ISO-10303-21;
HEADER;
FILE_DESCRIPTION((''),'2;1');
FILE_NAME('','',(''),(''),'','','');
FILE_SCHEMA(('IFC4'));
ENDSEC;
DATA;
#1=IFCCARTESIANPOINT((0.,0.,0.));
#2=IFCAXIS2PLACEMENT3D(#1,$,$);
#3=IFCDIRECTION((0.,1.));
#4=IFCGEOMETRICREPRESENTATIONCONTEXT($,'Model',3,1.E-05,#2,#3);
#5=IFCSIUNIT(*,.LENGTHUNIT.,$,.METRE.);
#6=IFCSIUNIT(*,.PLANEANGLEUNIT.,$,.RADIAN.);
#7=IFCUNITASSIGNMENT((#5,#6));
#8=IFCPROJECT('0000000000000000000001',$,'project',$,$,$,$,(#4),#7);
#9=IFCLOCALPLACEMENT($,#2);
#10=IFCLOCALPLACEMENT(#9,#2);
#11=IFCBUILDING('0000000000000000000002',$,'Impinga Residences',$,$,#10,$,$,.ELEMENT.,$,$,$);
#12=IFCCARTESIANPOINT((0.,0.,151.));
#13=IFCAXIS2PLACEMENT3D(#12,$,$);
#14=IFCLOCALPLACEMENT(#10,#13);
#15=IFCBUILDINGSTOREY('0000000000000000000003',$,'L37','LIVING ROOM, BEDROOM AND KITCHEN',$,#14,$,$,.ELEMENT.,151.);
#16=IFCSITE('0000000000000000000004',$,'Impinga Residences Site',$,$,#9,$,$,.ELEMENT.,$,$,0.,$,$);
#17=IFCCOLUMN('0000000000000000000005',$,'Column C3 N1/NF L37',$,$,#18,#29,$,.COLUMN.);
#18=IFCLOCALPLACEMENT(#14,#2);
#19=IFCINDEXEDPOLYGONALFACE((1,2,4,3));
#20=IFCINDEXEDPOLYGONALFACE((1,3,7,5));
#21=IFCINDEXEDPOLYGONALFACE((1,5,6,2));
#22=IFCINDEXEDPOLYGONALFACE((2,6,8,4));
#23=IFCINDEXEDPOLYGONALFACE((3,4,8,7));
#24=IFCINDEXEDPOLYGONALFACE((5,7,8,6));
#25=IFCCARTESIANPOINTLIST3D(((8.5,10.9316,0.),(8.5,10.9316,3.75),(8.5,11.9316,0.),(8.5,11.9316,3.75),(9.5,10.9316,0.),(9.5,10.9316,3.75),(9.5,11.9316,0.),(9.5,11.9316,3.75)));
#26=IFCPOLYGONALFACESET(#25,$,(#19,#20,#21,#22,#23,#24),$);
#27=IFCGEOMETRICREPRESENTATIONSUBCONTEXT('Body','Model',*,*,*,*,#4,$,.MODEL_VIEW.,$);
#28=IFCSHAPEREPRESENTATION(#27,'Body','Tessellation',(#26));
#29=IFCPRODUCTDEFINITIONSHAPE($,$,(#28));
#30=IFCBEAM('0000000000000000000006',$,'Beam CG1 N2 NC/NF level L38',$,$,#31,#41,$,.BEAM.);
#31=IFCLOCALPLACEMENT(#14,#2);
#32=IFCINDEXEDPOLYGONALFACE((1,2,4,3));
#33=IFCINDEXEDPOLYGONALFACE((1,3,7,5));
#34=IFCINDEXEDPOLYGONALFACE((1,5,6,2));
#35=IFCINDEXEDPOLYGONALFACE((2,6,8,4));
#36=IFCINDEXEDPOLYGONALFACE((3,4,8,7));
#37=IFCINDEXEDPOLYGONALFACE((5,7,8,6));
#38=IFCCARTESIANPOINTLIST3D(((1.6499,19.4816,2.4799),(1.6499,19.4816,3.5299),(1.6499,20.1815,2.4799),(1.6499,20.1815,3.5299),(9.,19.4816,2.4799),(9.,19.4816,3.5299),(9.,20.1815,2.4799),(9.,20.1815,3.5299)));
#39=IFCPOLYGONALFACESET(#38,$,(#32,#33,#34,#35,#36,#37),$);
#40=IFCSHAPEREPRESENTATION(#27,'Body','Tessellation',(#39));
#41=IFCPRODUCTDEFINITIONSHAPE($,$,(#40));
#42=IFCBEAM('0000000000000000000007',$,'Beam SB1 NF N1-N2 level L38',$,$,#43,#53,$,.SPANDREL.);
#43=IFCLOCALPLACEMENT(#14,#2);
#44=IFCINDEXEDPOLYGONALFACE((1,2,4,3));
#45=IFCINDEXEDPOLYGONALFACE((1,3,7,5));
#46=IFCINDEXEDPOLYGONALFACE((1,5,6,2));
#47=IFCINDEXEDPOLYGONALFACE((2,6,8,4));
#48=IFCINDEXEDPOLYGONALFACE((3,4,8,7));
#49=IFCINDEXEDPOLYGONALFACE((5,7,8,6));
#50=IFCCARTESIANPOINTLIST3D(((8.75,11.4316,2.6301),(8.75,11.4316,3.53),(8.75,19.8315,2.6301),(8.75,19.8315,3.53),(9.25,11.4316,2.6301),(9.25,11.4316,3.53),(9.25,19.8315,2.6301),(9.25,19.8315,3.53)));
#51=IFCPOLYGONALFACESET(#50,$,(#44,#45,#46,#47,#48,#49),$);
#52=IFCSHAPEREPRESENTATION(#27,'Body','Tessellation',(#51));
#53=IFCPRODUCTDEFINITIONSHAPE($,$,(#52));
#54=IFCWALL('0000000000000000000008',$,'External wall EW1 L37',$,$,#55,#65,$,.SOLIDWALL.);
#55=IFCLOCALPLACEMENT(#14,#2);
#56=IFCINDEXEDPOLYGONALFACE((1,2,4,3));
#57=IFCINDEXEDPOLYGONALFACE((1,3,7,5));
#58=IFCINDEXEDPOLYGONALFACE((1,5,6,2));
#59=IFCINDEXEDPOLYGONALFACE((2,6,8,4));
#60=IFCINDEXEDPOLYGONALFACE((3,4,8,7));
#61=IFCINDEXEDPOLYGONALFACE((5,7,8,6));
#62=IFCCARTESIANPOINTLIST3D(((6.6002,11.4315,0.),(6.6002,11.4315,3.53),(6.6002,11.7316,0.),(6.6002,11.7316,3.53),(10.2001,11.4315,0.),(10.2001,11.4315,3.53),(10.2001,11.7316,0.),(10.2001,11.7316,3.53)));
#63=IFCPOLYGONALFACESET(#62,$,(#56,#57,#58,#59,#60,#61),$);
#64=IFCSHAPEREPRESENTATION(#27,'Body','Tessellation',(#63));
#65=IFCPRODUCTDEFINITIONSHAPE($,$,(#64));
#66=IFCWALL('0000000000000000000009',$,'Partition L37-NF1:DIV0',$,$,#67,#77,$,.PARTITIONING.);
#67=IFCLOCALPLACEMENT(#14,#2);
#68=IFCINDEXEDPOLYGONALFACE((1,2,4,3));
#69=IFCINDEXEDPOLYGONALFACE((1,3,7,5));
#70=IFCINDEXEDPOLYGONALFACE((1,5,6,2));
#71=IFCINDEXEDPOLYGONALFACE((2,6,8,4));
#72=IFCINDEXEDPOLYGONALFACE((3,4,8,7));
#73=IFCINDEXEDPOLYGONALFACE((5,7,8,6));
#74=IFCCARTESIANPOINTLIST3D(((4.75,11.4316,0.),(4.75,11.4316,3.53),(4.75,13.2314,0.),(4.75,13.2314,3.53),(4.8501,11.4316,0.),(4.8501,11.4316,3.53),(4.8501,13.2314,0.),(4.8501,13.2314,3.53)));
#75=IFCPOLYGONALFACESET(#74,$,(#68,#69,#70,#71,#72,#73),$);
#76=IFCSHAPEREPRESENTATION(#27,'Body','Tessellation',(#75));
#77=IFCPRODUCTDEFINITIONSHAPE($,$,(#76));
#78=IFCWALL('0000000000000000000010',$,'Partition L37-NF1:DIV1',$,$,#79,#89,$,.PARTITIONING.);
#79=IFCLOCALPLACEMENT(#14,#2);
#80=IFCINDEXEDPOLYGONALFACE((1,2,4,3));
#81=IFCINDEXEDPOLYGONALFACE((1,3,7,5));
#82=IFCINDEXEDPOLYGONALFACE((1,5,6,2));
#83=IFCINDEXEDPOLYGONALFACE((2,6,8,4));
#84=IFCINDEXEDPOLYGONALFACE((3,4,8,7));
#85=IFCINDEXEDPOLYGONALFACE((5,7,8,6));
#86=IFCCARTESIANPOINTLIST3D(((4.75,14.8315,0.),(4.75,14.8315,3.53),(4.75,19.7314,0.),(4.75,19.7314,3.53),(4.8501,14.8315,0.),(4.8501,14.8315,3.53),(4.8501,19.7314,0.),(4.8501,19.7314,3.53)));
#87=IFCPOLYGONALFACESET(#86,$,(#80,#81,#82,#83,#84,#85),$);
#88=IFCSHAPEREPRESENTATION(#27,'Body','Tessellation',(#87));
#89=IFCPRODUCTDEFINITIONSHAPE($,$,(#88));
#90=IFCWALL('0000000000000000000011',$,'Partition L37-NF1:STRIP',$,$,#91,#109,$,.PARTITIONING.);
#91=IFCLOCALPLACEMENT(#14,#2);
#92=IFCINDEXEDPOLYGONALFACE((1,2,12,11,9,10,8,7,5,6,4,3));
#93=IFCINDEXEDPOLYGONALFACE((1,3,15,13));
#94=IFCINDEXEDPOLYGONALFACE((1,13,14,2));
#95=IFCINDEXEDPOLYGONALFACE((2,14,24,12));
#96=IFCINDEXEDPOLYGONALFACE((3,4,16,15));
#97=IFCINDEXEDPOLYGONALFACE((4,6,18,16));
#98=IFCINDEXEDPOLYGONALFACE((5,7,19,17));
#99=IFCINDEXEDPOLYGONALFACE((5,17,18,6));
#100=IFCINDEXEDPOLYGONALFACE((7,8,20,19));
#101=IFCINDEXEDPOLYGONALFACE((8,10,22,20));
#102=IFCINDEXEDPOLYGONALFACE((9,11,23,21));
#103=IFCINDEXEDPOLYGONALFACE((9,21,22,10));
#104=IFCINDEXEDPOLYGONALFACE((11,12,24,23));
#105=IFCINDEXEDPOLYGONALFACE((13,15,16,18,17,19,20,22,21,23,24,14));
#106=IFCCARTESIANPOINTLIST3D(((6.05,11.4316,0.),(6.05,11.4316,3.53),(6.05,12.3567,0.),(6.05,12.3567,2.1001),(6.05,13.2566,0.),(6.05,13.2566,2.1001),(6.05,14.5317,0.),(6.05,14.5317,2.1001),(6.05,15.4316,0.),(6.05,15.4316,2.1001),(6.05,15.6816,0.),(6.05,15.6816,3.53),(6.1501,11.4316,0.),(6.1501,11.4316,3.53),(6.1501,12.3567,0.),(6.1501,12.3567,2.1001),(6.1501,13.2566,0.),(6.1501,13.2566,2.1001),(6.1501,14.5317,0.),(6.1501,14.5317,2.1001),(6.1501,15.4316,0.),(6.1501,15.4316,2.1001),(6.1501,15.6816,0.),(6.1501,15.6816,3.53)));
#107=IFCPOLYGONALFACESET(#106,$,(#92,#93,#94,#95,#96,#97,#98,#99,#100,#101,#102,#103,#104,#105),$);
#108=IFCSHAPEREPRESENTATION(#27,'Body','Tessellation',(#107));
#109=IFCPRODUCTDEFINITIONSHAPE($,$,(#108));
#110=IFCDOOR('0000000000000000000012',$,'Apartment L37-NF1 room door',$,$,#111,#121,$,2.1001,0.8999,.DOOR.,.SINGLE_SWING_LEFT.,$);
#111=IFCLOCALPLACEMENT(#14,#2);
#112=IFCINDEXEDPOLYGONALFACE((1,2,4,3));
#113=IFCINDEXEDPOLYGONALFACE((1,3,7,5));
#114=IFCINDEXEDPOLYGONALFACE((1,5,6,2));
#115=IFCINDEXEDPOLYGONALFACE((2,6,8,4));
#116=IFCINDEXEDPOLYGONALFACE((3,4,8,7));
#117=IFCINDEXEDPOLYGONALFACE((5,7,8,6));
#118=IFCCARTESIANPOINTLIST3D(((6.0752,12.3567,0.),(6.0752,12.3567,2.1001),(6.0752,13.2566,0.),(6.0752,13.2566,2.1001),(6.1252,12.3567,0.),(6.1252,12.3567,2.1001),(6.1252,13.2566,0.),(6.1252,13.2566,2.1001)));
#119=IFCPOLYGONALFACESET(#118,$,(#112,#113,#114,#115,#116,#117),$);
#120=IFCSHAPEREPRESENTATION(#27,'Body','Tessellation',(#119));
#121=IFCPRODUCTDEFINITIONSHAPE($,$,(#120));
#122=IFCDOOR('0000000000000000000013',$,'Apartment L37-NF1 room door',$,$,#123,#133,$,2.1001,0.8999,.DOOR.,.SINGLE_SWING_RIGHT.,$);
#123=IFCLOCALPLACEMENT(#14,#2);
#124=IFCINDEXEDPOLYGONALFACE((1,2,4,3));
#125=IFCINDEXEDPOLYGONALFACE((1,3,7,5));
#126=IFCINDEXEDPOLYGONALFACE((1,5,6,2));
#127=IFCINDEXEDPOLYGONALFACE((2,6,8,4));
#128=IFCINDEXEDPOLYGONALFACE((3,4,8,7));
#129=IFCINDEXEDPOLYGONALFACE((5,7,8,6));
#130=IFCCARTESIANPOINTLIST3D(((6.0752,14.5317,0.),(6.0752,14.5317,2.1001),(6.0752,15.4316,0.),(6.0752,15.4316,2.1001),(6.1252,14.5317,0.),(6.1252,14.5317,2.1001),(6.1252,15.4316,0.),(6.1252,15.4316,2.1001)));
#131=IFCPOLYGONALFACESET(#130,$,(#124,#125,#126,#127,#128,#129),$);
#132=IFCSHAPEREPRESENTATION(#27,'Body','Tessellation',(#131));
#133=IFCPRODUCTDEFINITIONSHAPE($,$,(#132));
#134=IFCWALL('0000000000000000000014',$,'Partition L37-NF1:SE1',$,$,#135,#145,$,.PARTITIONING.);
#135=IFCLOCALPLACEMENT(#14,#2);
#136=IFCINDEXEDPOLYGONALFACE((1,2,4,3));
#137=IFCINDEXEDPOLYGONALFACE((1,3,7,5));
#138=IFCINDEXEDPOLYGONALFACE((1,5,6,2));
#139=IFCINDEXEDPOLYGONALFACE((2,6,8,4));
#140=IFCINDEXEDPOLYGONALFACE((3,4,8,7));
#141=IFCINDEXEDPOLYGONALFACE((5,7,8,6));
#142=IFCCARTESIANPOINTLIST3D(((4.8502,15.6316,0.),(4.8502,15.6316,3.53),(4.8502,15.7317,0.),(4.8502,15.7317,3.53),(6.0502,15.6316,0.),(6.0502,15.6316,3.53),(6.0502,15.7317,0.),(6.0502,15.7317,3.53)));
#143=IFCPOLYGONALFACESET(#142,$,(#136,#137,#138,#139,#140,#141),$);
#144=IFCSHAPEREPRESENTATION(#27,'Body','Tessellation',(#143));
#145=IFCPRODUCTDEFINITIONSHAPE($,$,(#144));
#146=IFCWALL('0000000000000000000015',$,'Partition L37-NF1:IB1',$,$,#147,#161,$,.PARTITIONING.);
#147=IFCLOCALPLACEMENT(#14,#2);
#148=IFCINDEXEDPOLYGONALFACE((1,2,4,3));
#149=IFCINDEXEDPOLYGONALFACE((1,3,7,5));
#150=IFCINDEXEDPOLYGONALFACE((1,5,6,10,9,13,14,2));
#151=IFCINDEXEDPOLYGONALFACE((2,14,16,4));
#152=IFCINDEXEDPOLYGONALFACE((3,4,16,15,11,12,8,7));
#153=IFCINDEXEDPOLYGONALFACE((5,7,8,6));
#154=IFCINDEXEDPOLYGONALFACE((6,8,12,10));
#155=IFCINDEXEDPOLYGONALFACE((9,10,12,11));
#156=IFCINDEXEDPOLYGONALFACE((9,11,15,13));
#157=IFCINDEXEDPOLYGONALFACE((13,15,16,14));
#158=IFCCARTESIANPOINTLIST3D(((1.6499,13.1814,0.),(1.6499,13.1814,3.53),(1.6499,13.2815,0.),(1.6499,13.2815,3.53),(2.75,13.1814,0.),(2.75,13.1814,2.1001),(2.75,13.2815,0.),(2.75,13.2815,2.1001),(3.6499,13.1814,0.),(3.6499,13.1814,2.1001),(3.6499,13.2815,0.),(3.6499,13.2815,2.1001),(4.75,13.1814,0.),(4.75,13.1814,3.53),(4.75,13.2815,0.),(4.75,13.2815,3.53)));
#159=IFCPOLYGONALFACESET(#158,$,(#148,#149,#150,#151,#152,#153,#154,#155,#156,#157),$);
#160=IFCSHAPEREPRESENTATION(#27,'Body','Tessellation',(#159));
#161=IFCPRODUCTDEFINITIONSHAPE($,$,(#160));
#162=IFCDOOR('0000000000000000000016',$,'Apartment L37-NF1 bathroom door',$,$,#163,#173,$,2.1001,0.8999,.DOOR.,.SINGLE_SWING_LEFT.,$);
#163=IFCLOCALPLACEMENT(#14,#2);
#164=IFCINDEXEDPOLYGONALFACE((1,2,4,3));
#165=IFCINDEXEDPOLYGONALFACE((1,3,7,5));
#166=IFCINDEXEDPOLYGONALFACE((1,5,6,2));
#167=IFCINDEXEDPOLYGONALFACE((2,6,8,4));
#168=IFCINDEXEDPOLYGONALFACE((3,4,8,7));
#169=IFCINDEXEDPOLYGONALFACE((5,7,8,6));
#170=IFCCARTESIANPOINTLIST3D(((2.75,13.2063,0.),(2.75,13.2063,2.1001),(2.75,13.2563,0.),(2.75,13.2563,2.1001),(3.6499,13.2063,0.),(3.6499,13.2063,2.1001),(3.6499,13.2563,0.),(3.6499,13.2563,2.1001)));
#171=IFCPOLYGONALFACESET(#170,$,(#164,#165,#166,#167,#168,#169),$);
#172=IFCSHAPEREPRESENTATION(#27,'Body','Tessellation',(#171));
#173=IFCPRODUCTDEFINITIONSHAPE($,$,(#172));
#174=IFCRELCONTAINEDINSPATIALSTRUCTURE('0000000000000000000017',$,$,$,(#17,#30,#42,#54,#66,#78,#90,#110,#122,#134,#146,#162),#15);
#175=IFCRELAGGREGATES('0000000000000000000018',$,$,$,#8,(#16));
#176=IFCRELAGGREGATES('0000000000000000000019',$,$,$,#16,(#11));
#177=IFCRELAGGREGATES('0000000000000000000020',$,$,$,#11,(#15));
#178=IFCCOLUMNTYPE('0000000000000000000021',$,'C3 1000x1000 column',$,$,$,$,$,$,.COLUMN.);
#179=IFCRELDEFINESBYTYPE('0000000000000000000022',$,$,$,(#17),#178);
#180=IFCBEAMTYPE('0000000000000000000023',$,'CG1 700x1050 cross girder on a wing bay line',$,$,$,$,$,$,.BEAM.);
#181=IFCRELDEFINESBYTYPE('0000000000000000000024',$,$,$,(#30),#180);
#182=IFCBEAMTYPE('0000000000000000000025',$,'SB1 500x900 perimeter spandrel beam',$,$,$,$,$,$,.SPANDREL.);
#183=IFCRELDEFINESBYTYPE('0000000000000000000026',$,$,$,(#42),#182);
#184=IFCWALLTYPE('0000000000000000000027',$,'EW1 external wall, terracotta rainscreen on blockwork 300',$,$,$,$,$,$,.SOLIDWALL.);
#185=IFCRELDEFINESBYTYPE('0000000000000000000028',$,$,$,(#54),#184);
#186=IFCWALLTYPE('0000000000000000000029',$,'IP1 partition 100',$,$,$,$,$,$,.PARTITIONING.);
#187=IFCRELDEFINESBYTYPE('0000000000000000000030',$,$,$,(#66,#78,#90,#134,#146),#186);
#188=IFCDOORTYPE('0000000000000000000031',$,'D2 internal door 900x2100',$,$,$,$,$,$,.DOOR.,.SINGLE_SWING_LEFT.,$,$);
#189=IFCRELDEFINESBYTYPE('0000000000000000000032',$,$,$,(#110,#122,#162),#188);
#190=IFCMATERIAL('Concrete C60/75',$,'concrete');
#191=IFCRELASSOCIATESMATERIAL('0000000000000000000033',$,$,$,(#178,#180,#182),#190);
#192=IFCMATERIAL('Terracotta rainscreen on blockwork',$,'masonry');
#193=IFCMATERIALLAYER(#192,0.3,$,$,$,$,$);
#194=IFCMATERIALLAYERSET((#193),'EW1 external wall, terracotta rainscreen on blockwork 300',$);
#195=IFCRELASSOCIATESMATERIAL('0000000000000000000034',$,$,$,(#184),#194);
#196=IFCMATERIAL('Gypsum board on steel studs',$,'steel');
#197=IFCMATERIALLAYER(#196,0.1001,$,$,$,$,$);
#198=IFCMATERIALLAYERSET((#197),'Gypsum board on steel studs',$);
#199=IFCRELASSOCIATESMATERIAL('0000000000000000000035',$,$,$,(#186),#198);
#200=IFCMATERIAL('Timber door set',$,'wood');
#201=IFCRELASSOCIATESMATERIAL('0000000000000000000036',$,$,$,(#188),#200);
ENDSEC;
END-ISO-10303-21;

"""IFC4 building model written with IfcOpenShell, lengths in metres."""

from ifc_helpers import new_model, si_unit, direction, frame, frame_2d, origin, origin_2d, place, context, subcontext, project, spatial, rectangle, extrude, material, layer, layer_set, material_profile, profile_set, type_object, element, fill, save


model = new_model("IFC4")

# Units and contexts
model_context = context("Model", 3, precision=1e-05, world=origin(), true_north=direction((0.0, 1.0)))
body_context = subcontext(model_context, "Body", "Model", "MODEL_VIEW")
ifc_project = project(units=[si_unit("LENGTHUNIT", "METRE"), si_unit("PLANEANGLEUNIT", "RADIAN")], contexts=[model_context])

# Site, building, storey
site_placement = place(None, origin())
site = spatial("IfcSite", under=ifc_project, at=site_placement, Name="Impinga Residences Site", CompositionType="ELEMENT", RefElevation=0.0)
building_placement = place(site_placement, origin())
building = spatial("IfcBuilding", under=site, at=building_placement, Name="Impinga Residences", CompositionType="ELEMENT")
storey_placement = place(building_placement, frame((0.0, 0.0, 151.0)))
storey = spatial("IfcBuildingStorey", under=building, at=storey_placement, Name="L37", Description="LIVING ROOM, BEDROOM AND KITCHEN", CompositionType="ELEMENT", Elevation=151.0)

# Column
ifc_material_1 = material(Name="Concrete C60/75", Category="concrete")
ifc_material_profile_1 = material_profile(ifc_material_1, rectangle(XDim=1.0, YDim=1.0, at=origin_2d()), Name="RC 1000x1000")
ifc_profile_set_1 = profile_set([ifc_material_profile_1], Name="Concrete C60/75")
column_type = type_object("IfcColumnType", Name="C3 1000x1000 column", PredefinedType="COLUMN", material=ifc_profile_set_1)
column_placement = place(storey_placement, frame((9.0, 11.4316, 0.0), z_axis=(0.0, 0.0, 1.0), x_axis=(1.0, 0.0, 0.0)))
element("IfcColumn", 1, at=column_placement, inside=storey, type_object=column_type, Name="Column C3 N1/NF L37", PredefinedType="COLUMN", context=body_context, shape_type="SweptSolid", body=[
    extrude(rectangle(XDim=1.0, YDim=1.0, at=origin_2d()), origin(), (0.0, 0.0, 1.0), 3.75),
])

# Beams
ifc_material_profile_2 = material_profile(ifc_material_1, rectangle(XDim=0.7, YDim=1.05, at=origin_2d()), Name="RC 700x1050")
ifc_profile_set_2 = profile_set([ifc_material_profile_2], Name="Concrete C60/75")
beam_type_1 = type_object("IfcBeamType", Name="CG1 700x1050 cross girder on a wing bay line", PredefinedType="BEAM", material=ifc_profile_set_2)
beam_1_placement = place(storey_placement, frame((1.6499, 19.8315, 3.0049), z_axis=(1.0, 0.0, 0.0), x_axis=(0.0, 1.0, 0.0)))
element("IfcBeam", 2, at=beam_1_placement, inside=storey, type_object=beam_type_1, Name="Beam CG1 N2 NC/NF level L38", PredefinedType="BEAM", context=body_context, shape_type="SweptSolid", body=[
    extrude(rectangle(XDim=0.7, YDim=1.05, at=origin_2d()), origin(), (0.0, 0.0, 1.0), 7.3501),
])
ifc_material_profile_3 = material_profile(ifc_material_1, rectangle(XDim=0.5, YDim=0.8999, at=origin_2d()), Name="RC 500x900")
ifc_profile_set_3 = profile_set([ifc_material_profile_3], Name="Concrete C60/75")
beam_type_2 = type_object("IfcBeamType", Name="SB1 500x900 perimeter spandrel beam", PredefinedType="SPANDREL", material=ifc_profile_set_3)
beam_2_placement = place(storey_placement, frame((9.0, 11.4316, 3.0801), z_axis=(0.0, 1.0, 0.0), x_axis=(-1.0, 0.0, 0.0)))
element("IfcBeam", 3, at=beam_2_placement, inside=storey, type_object=beam_type_2, Name="Beam SB1 NF N1-N2 level L38", PredefinedType="SPANDREL", context=body_context, shape_type="SweptSolid", body=[
    extrude(rectangle(XDim=0.5, YDim=0.8999, at=origin_2d()), origin(), (0.0, 0.0, 1.0), 8.3999),
])

# Walls
ifc_material_2 = material(Name="Terracotta rainscreen on blockwork", Category="masonry")
ifc_layer_1 = layer(ifc_material_2, 0.3)
ifc_layer_set_1 = layer_set([ifc_layer_1], Name="EW1 external wall, terracotta rainscreen on blockwork 300")
wall_type_1 = type_object("IfcWallType", Name="EW1 external wall, terracotta rainscreen on blockwork 300", PredefinedType="SOLIDWALL", material=ifc_layer_set_1)
wall_1_placement = place(storey_placement, frame((10.2, 11.5815, 0.0), z_axis=(0.0, 0.0, 1.0), x_axis=(-1.0, 0.0, 0.0)))
element("IfcWall", 4, at=wall_1_placement, inside=storey, type_object=wall_type_1, Name="External wall EW1 L37", PredefinedType="SOLIDWALL", context=body_context, shape_type="SweptSolid", body=[
    extrude(rectangle(XDim=3.5999, YDim=0.3, at=frame_2d((1.7998, 0.0))), origin(), (0.0, 0.0, 1.0), 3.53),
])
ifc_material_3 = material(Name="Gypsum board on steel studs", Category="steel")
ifc_layer_2 = layer(ifc_material_3, 0.1001)
ifc_layer_set_2 = layer_set([ifc_layer_2], Name="Gypsum board on steel studs")
wall_type_2 = type_object("IfcWallType", Name="IP1 partition 100", PredefinedType="PARTITIONING", material=ifc_layer_set_2)
wall_2_placement = place(storey_placement, frame((4.8, 11.4316, 0.0), z_axis=(0.0, 0.0, 1.0), x_axis=(0.0, 1.0, 0.0)))
element("IfcWall", 5, at=wall_2_placement, inside=storey, type_object=wall_type_2, Name="Partition L37-NF1:DIV0", PredefinedType="PARTITIONING", context=body_context, shape_type="SweptSolid", body=[
    extrude(rectangle(XDim=1.7998, YDim=0.1001, at=frame_2d((0.8999, 0.0))), origin(), (0.0, 0.0, 1.0), 3.53),
])
wall_3_placement = place(storey_placement, frame((4.8, 14.8315, 0.0), z_axis=(0.0, 0.0, 1.0), x_axis=(0.0, 1.0, 0.0)))
element("IfcWall", 6, at=wall_3_placement, inside=storey, type_object=wall_type_2, Name="Partition L37-NF1:DIV1", PredefinedType="PARTITIONING", context=body_context, shape_type="SweptSolid", body=[
    extrude(rectangle(XDim=4.8999, YDim=0.1001, at=frame_2d((2.45, 0.0))), origin(), (0.0, 0.0, 1.0), 3.53),
])

# Wall, openings, doors
wall_4_placement = place(storey_placement, frame((6.1001, 11.4316, 0.0), z_axis=(0.0, 0.0, 1.0), x_axis=(0.0, 1.0, 0.0)))
wall_4 = element("IfcWall", 7, at=wall_4_placement, inside=storey, type_object=wall_type_2, Name="Partition L37-NF1:STRIP", PredefinedType="PARTITIONING", context=body_context, shape_type="SweptSolid", body=[
    extrude(rectangle(XDim=4.25, YDim=0.1001, at=frame_2d((2.125, 0.0))), origin(), (0.0, 0.0, 1.0), 3.53),
])
opening_1_placement = place(wall_4_placement, frame((0.925, 0.0, 0.0)))
opening_1 = element("IfcOpeningElement", 8, at=opening_1_placement, cuts=wall_4, PredefinedType="OPENING", context=body_context, shape_type="SweptSolid", body=[
    extrude(rectangle(XDim=0.8999, YDim=2.1001, at=frame_2d((0.45, 1.05))), frame((0.0, 0.0601, 0.0), z_axis=(0.0, -1.0, 0.0), x_axis=(1.0, 0.0, 0.0)), (0.0, 0.0, 1.0), 0.1201),
])
opening_2_placement = place(wall_4_placement, frame((3.1001, 0.0, 0.0)))
opening_2 = element("IfcOpeningElement", 9, at=opening_2_placement, cuts=wall_4, PredefinedType="OPENING", context=body_context, shape_type="SweptSolid", body=[
    extrude(rectangle(XDim=0.8999, YDim=2.1001, at=frame_2d((0.45, 1.05))), frame((0.0, 0.0601, 0.0), z_axis=(0.0, -1.0, 0.0), x_axis=(1.0, 0.0, 0.0)), (0.0, 0.0, 1.0), 0.1201),
])
ifc_material_4 = material(Name="Timber door set", Category="wood")
door_type_1 = type_object("IfcDoorType", Name="D2 internal door 900x2100", OperationType="SINGLE_SWING_LEFT", PredefinedType="DOOR", material=ifc_material_4)
door_1_placement = place(opening_1_placement, origin())
door_1 = element("IfcDoor", 10, at=door_1_placement, inside=storey, type_object=door_type_1, Name="Apartment L37-NF1 room door", OperationType="SINGLE_SWING_LEFT", OverallHeight=2.1001, OverallWidth=0.8999, PredefinedType="DOOR", context=body_context, shape_type="SweptSolid", body=[
    extrude(rectangle(XDim=0.8999, YDim=2.1001, at=frame_2d((0.45, 1.05))), frame((0.0, 0.0249, 0.0), z_axis=(0.0, -1.0, 0.0), x_axis=(1.0, 0.0, 0.0)), (0.0, 0.0, 1.0), 0.05),
])
fill(opening_1, door_1)
door_2_placement = place(opening_2_placement, origin())
door_2 = element("IfcDoor", 11, at=door_2_placement, inside=storey, type_object=door_type_1, Name="Apartment L37-NF1 room door", OperationType="SINGLE_SWING_RIGHT", OverallHeight=2.1001, OverallWidth=0.8999, PredefinedType="DOOR", context=body_context, shape_type="SweptSolid", body=[
    extrude(rectangle(XDim=0.8999, YDim=2.1001, at=frame_2d((0.45, 1.05))), frame((0.0, 0.0249, 0.0), z_axis=(0.0, -1.0, 0.0), x_axis=(1.0, 0.0, 0.0)), (0.0, 0.0, 1.0), 0.05),
])
fill(opening_2, door_2)

# Wall
wall_5_placement = place(storey_placement, frame((4.8501, 15.6816, 0.0), z_axis=(0.0, 0.0, 1.0), x_axis=(1.0, 0.0, 0.0)))
element("IfcWall", 12, at=wall_5_placement, inside=storey, type_object=wall_type_2, Name="Partition L37-NF1:SE1", PredefinedType="PARTITIONING", context=body_context, shape_type="SweptSolid", body=[
    extrude(rectangle(XDim=1.2, YDim=0.1001, at=frame_2d((0.6001, 0.0))), origin(), (0.0, 0.0, 1.0), 3.53),
])

# Wall, opening, door
wall_6_placement = place(storey_placement, frame((1.6499, 13.2314, 0.0), z_axis=(0.0, 0.0, 1.0), x_axis=(1.0, 0.0, 0.0)))
wall_6 = element("IfcWall", 13, at=wall_6_placement, inside=storey, type_object=wall_type_2, Name="Partition L37-NF1:IB1", PredefinedType="PARTITIONING", context=body_context, shape_type="SweptSolid", body=[
    extrude(rectangle(XDim=3.1001, YDim=0.1001, at=frame_2d((1.55, 0.0))), origin(), (0.0, 0.0, 1.0), 3.53),
])
opening_3_placement = place(wall_6_placement, frame((1.1001, 0.0, 0.0)))
opening_3 = element("IfcOpeningElement", 14, at=opening_3_placement, cuts=wall_6, PredefinedType="OPENING", context=body_context, shape_type="SweptSolid", body=[
    extrude(rectangle(XDim=0.8999, YDim=2.1001, at=frame_2d((0.45, 1.05))), frame((0.0, 0.0601, 0.0), z_axis=(0.0, -1.0, 0.0), x_axis=(1.0, 0.0, 0.0)), (0.0, 0.0, 1.0), 0.1201),
])
door_3_placement = place(opening_3_placement, origin())
door_3 = element("IfcDoor", 15, at=door_3_placement, inside=storey, type_object=door_type_1, Name="Apartment L37-NF1 bathroom door", OperationType="SINGLE_SWING_LEFT", OverallHeight=2.1001, OverallWidth=0.8999, PredefinedType="DOOR", context=body_context, shape_type="SweptSolid", body=[
    extrude(rectangle(XDim=0.8999, YDim=2.1001, at=frame_2d((0.45, 1.05))), frame((0.0, 0.0249, 0.0), z_axis=(0.0, -1.0, 0.0), x_axis=(1.0, 0.0, 0.0)), (0.0, 0.0, 1.0), 0.05),
])
fill(opening_3, door_3)

save(model, "model.ifc")
